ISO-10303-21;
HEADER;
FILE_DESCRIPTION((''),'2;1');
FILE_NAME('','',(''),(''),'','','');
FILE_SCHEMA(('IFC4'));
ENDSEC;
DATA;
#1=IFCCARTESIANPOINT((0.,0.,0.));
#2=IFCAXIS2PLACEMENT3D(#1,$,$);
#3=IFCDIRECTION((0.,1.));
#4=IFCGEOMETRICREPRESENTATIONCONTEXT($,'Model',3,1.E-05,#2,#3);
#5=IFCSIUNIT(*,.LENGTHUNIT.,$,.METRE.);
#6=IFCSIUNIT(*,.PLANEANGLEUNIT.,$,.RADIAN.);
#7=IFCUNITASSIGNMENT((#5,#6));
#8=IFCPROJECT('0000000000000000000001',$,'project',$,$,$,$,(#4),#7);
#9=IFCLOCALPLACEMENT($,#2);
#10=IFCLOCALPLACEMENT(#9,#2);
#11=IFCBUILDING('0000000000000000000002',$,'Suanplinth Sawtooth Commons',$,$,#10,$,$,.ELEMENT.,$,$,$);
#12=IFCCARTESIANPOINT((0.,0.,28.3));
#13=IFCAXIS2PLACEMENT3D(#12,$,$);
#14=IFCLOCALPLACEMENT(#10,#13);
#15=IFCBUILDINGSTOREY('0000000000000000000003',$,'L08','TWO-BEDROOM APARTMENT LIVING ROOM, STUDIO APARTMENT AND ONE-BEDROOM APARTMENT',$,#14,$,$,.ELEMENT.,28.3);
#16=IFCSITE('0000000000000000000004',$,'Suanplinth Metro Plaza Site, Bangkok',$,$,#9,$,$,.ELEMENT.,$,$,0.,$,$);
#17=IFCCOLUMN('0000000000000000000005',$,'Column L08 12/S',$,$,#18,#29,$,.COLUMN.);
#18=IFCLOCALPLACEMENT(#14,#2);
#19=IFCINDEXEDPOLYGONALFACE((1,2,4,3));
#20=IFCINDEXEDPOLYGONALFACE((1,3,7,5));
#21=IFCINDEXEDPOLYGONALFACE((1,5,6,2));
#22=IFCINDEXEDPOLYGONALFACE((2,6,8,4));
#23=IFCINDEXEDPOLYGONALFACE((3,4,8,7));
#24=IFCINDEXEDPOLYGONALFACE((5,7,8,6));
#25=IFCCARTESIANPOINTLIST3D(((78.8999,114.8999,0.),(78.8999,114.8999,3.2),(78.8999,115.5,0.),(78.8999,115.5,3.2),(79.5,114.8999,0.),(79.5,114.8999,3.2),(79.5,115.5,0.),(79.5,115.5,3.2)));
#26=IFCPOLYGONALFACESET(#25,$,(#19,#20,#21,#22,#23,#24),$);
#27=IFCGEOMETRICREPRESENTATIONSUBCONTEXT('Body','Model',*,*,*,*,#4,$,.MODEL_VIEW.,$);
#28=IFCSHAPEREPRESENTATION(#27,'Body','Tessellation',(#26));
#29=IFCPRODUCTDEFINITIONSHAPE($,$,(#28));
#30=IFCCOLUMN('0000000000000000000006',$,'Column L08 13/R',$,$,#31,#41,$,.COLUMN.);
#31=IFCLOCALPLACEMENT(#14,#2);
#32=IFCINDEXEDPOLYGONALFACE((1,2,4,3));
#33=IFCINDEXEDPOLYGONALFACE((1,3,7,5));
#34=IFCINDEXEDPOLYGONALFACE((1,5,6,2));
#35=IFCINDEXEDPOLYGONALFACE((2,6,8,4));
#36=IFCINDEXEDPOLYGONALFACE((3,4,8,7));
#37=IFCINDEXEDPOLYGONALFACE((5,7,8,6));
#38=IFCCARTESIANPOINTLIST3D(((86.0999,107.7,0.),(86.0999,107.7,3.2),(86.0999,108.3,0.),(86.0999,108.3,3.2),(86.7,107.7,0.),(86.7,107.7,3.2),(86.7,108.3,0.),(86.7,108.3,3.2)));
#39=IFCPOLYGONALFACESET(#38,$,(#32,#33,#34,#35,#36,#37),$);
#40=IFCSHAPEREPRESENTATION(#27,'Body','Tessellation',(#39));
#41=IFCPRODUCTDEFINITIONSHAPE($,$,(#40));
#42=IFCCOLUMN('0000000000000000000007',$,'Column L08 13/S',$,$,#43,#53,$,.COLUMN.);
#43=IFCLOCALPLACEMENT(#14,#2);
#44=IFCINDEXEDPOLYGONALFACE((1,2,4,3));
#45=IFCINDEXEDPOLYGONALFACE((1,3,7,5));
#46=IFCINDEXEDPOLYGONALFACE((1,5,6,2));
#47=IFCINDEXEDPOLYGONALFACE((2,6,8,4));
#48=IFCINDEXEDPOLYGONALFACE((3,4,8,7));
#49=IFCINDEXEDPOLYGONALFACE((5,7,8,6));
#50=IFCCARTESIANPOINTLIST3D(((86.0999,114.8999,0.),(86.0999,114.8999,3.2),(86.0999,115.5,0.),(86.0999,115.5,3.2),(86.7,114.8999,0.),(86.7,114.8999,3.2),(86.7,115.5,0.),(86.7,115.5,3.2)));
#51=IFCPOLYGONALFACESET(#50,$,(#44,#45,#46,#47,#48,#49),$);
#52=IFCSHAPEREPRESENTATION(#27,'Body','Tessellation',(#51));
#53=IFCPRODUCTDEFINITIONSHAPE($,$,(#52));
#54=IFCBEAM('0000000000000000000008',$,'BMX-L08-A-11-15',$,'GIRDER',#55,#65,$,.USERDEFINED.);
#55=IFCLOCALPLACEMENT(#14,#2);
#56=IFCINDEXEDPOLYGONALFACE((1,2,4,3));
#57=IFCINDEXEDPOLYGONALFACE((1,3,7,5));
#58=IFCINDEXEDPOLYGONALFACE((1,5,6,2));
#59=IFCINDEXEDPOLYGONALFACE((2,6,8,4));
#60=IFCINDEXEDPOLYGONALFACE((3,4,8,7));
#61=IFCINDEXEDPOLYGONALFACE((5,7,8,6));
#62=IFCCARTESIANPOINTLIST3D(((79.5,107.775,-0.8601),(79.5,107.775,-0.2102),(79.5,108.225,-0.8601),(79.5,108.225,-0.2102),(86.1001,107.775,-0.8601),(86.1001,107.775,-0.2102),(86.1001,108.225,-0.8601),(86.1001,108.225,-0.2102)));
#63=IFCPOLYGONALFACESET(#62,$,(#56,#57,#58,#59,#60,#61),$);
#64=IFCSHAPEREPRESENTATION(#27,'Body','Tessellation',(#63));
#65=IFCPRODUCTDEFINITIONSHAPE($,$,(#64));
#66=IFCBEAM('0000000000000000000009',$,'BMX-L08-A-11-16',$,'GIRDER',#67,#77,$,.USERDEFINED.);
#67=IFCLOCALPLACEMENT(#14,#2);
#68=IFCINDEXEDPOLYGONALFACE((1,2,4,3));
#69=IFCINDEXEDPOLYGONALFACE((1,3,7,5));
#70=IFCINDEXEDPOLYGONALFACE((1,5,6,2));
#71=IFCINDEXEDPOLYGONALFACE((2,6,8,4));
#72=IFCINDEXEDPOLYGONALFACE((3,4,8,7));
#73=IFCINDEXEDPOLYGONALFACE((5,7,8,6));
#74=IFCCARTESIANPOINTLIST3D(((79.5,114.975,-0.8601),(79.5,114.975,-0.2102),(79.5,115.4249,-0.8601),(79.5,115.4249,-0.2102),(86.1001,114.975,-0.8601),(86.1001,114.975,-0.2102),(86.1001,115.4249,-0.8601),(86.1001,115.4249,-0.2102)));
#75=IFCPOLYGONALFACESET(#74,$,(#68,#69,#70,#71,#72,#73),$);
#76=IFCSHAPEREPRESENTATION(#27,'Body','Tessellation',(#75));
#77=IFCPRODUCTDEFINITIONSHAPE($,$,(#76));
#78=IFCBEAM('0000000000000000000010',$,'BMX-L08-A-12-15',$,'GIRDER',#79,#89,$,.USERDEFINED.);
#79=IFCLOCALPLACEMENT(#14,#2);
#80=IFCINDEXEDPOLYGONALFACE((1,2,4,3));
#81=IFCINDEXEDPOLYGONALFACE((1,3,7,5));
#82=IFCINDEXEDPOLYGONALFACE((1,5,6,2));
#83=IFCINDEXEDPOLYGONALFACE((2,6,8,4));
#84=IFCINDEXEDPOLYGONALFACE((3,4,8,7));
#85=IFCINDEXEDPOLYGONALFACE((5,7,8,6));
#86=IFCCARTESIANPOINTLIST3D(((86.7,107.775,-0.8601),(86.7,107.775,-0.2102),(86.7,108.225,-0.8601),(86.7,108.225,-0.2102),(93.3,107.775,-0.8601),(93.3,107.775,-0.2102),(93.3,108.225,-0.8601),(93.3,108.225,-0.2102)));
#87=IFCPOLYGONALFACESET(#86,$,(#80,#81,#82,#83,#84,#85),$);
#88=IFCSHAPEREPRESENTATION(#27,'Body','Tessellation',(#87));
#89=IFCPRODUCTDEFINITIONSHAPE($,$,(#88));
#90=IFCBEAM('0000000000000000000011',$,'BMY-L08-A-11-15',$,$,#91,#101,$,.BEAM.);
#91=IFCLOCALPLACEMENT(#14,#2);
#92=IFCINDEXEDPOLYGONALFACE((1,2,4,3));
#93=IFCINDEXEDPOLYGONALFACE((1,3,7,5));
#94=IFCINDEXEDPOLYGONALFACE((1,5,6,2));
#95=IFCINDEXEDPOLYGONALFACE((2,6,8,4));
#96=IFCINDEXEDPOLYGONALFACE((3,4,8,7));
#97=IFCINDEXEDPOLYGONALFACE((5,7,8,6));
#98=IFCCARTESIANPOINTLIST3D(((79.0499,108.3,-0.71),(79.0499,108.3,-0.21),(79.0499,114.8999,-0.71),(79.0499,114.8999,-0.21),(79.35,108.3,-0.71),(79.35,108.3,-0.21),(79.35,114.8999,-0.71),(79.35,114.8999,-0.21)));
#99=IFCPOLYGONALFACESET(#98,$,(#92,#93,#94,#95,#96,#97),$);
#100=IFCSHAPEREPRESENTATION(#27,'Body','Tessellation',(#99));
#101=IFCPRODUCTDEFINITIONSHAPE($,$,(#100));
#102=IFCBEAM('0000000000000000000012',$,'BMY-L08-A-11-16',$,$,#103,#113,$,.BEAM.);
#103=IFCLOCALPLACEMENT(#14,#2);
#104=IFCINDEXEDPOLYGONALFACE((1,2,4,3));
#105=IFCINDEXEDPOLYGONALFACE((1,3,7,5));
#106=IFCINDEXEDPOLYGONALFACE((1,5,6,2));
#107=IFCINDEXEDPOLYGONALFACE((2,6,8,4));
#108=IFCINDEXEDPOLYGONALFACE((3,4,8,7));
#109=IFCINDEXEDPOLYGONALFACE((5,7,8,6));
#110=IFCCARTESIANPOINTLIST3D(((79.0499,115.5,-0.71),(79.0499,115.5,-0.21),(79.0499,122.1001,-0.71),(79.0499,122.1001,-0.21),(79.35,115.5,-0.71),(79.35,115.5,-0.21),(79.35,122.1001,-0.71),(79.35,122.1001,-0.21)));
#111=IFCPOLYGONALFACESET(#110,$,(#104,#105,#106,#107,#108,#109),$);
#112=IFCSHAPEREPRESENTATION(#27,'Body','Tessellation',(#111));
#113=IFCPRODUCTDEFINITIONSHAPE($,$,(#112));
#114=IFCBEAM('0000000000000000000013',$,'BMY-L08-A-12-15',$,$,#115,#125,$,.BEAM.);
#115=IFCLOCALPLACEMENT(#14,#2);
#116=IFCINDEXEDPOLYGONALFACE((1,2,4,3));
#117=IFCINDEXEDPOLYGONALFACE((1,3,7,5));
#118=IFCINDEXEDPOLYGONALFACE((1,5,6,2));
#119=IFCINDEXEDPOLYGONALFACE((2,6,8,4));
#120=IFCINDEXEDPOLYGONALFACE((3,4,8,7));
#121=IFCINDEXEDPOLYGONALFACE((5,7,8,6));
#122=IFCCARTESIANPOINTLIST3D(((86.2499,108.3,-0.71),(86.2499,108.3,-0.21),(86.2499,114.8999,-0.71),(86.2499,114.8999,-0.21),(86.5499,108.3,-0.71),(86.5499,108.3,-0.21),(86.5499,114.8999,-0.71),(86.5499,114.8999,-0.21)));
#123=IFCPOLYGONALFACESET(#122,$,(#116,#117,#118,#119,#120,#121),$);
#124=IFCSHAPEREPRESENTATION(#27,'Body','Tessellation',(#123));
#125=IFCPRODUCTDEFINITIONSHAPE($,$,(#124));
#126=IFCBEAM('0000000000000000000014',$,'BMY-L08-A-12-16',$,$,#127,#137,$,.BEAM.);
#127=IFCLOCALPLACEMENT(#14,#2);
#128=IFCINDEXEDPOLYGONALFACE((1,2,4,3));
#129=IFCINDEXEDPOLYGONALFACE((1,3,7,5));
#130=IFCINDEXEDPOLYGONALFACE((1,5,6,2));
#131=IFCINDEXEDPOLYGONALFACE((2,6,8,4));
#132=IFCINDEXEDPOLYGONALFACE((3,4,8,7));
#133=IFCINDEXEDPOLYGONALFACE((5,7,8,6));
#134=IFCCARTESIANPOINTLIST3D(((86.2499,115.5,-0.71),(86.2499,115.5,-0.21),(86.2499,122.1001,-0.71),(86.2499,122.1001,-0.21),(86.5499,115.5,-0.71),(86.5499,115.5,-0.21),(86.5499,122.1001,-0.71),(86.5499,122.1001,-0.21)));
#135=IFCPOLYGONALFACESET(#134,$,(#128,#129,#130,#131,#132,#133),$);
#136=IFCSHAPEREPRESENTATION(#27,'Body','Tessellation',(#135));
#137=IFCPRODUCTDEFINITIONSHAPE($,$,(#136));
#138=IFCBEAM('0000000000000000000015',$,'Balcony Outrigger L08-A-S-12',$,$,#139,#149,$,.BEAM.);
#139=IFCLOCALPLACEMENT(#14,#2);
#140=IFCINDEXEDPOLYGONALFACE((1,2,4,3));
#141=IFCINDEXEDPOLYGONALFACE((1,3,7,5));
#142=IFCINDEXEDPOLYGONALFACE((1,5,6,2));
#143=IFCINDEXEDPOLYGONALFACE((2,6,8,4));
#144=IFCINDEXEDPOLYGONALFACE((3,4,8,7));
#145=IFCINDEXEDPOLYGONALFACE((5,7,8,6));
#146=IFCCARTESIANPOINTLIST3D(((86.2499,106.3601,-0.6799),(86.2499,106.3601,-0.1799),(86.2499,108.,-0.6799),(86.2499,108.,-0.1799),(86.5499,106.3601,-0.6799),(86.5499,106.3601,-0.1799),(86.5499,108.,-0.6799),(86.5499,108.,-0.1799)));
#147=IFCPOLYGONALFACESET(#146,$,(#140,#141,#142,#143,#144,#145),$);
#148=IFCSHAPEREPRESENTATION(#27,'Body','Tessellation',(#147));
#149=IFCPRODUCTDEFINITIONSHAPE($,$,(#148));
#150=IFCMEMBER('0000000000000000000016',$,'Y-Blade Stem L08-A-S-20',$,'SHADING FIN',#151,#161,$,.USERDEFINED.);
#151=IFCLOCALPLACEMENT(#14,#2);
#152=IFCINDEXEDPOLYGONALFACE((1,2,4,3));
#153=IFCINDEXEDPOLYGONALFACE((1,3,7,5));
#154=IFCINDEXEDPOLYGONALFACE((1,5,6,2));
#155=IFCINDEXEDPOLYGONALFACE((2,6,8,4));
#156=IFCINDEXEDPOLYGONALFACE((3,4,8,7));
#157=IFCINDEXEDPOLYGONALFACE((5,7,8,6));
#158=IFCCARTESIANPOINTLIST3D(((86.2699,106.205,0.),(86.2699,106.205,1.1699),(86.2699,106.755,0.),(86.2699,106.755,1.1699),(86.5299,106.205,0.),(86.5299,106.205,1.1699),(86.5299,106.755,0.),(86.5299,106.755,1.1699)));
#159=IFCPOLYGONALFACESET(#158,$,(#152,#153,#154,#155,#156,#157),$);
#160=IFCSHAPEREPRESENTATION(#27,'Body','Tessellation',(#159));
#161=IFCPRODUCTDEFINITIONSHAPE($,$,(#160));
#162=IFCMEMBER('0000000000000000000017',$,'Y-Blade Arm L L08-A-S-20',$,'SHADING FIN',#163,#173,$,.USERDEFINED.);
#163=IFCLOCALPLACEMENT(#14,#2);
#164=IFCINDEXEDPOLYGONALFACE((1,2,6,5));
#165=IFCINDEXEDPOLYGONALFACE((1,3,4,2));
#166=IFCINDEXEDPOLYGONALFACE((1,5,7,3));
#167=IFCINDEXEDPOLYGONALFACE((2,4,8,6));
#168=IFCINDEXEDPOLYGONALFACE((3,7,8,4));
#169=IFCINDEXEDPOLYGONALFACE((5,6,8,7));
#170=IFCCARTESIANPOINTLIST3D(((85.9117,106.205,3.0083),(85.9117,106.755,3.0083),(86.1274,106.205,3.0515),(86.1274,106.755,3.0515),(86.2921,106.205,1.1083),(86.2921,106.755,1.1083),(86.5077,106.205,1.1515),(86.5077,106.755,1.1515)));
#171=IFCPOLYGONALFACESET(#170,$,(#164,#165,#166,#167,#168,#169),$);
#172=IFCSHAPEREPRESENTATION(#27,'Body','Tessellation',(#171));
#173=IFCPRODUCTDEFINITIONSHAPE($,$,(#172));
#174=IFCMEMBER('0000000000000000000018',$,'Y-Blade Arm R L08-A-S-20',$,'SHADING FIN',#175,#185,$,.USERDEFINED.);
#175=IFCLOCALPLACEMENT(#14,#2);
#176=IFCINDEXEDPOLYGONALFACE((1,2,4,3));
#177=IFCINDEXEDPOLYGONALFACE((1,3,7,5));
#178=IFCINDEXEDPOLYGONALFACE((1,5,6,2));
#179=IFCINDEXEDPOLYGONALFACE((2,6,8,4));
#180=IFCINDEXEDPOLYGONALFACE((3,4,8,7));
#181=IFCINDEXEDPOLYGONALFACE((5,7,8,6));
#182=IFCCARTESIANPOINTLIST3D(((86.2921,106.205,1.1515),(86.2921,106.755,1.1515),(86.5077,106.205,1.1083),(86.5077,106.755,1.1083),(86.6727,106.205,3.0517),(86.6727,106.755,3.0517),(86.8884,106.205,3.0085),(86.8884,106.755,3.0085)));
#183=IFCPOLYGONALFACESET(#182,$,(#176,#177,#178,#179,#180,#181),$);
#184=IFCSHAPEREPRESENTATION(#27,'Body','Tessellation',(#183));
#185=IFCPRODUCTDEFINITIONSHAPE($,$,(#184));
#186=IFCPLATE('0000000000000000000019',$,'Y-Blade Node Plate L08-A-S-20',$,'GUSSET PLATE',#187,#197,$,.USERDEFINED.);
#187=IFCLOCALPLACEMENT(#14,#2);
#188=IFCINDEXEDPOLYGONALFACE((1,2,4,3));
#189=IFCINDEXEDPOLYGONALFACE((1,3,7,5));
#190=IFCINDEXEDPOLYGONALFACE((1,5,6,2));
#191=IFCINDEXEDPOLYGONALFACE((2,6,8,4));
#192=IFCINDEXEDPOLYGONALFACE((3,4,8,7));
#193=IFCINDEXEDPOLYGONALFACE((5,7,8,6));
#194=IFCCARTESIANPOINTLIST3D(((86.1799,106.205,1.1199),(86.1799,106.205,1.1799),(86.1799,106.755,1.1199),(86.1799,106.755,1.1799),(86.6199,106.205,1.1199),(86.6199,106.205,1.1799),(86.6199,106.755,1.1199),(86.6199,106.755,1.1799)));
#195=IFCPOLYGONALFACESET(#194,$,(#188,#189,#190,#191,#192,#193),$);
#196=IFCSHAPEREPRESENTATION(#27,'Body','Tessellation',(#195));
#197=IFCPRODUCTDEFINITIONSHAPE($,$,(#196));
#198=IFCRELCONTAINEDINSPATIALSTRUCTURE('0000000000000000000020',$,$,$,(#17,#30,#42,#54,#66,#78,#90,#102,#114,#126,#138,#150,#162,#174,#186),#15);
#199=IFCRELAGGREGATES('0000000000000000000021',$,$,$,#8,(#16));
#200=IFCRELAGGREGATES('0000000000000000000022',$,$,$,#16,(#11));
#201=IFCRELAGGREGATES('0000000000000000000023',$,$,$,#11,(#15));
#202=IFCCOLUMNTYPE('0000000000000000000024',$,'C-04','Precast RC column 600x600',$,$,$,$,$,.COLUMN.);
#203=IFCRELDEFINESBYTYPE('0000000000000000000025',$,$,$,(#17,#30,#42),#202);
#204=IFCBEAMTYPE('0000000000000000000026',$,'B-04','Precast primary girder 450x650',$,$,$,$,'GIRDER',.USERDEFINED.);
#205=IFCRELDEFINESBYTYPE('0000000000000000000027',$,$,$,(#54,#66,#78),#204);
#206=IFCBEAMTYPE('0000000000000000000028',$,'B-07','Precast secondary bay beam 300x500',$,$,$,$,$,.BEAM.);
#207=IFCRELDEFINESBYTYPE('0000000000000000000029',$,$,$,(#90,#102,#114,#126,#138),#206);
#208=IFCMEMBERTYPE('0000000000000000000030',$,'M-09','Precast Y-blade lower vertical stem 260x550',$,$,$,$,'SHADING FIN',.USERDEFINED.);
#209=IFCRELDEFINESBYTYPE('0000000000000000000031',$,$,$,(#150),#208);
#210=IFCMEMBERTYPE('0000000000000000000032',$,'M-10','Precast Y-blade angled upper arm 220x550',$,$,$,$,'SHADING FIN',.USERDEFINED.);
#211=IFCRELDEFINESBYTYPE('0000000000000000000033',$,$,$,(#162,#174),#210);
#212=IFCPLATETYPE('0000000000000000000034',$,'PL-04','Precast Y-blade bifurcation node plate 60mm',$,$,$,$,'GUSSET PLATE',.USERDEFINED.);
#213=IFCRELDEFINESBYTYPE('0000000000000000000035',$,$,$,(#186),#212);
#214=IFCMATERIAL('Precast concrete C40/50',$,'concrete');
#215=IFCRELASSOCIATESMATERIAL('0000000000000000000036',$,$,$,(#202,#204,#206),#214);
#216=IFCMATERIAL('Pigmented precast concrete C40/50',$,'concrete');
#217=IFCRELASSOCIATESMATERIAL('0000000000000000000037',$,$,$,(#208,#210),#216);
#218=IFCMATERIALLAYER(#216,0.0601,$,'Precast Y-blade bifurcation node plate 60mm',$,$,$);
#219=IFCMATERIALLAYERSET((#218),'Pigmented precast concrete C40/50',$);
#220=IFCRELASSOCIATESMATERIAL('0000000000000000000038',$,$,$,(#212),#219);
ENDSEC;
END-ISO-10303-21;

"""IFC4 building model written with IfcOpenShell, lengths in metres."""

from ifc_helpers import new_model, si_unit, direction, frame, origin, origin_2d, place, context, subcontext, project, spatial, rectangle, extrude, material, layer, layer_set, material_profile, profile_set, type_object, element, save


model = new_model("IFC4")

# Units and contexts
model_context = context("Model", 3, precision=1e-05, world=origin(), true_north=direction((0.0, 1.0)))
body_context = subcontext(model_context, "Body", "Model", "MODEL_VIEW")
ifc_project = project(units=[si_unit("LENGTHUNIT", "METRE"), si_unit("PLANEANGLEUNIT", "RADIAN")], contexts=[model_context])

# Site, building, storey
site_placement = place(None, origin())
site = spatial("IfcSite", under=ifc_project, at=site_placement, Name="Suanplinth Metro Plaza Site, Bangkok", CompositionType="ELEMENT", RefElevation=0.0)
building_placement = place(site_placement, origin())
building = spatial("IfcBuilding", under=site, at=building_placement, Name="Suanplinth Sawtooth Commons", CompositionType="ELEMENT")
storey_placement = place(building_placement, frame((0.0, 0.0, 28.3)))
storey = spatial("IfcBuildingStorey", under=building, at=storey_placement, Name="L08", Description="TWO-BEDROOM APARTMENT LIVING ROOM, STUDIO APARTMENT AND ONE-BEDROOM APARTMENT", CompositionType="ELEMENT", Elevation=28.3)

# Columns
ifc_material_1 = material(Name="Precast concrete C40/50", Category="concrete")
ifc_material_profile_1 = material_profile(ifc_material_1, rectangle(XDim=0.6001, YDim=0.6001, at=origin_2d()), Name="PC-COL 600x600")
ifc_profile_set_1 = profile_set([ifc_material_profile_1], Name="Precast concrete C40/50")
column_type = type_object("IfcColumnType", Name="C-04", Description="Precast RC column 600x600", PredefinedType="COLUMN", material=ifc_profile_set_1)
for number, where, z_axis, x_axis, name in (
    (1, (79.2, 115.2, 0.0), (0.0, 0.0, 1.0), (1.0, 0.0, 0.0), "Column L08 12/S"),
    (2, (86.3999, 108.0, 0.0), (0.0, 0.0, 1.0), (1.0, 0.0, 0.0), "Column L08 13/R"),
    (3, (86.3999, 115.2, 0.0), (0.0, 0.0, 1.0), (1.0, 0.0, 0.0), "Column L08 13/S"),
):
    element("IfcColumn", number, at=place(storey_placement, frame(where, z_axis=z_axis, x_axis=x_axis)), inside=storey, type_object=column_type, Name=name, PredefinedType="COLUMN", context=body_context, shape_type="SweptSolid", body=[
        extrude(rectangle(XDim=0.6001, YDim=0.6001, at=origin_2d()), origin(), (0.0, 0.0, 1.0), 3.2),
    ])

# Beams
ifc_material_profile_2 = material_profile(ifc_material_1, rectangle(XDim=0.45, YDim=0.6499, at=origin_2d()), Name="PC-GDR 450x650")
ifc_profile_set_2 = profile_set([ifc_material_profile_2], Name="Precast concrete C40/50")
beam_type_1 = type_object("IfcBeamType", Name="B-04", Description="Precast primary girder 450x650", ElementType="GIRDER", PredefinedType="USERDEFINED", material=ifc_profile_set_2)
for number, where, z_axis, x_axis, name in (
    (4, (79.5, 108.0, -0.5352), (1.0, 0.0, 0.0), (0.0, 1.0, 0.0), "BMX-L08-A-11-15"),
    (5, (79.5, 115.2, -0.5352), (1.0, 0.0, 0.0), (0.0, 1.0, 0.0), "BMX-L08-A-11-16"),
    (6, (86.7, 108.0, -0.5352), (1.0, 0.0, 0.0), (0.0, 1.0, 0.0), "BMX-L08-A-12-15"),
):
    element("IfcBeam", number, at=place(storey_placement, frame(where, z_axis=z_axis, x_axis=x_axis)), inside=storey, type_object=beam_type_1, Name=name, ObjectType="GIRDER", PredefinedType="USERDEFINED", context=body_context, shape_type="SweptSolid", body=[
        extrude(rectangle(XDim=0.45, YDim=0.6499, at=origin_2d()), origin(), (0.0, 0.0, 1.0), 6.6001),
    ])
ifc_material_profile_3 = material_profile(ifc_material_1, rectangle(XDim=0.3, YDim=0.5, at=origin_2d()), Name="PC-BM 300x500")
ifc_profile_set_3 = profile_set([ifc_material_profile_3], Name="Precast concrete C40/50")
beam_type_2 = type_object("IfcBeamType", Name="B-07", Description="Precast secondary bay beam 300x500", PredefinedType="BEAM", material=ifc_profile_set_3)
beam_1_placement = place(storey_placement, frame((79.2, 108.3, -0.46), z_axis=(0.0, 1.0, 0.0), x_axis=(-1.0, 0.0, 0.0)))
element("IfcBeam", 7, at=beam_1_placement, inside=storey, type_object=beam_type_2, Name="BMY-L08-A-11-15", PredefinedType="BEAM", context=body_context, shape_type="SweptSolid", body=[
    extrude(rectangle(XDim=0.3, YDim=0.5, at=origin_2d()), origin(), (0.0, 0.0, 1.0), 6.5999),
])
beam_2_placement = place(storey_placement, frame((79.2, 115.5, -0.46), z_axis=(0.0, 1.0, 0.0), x_axis=(-1.0, 0.0, 0.0)))
element("IfcBeam", 8, at=beam_2_placement, inside=storey, type_object=beam_type_2, Name="BMY-L08-A-11-16", PredefinedType="BEAM", context=body_context, shape_type="SweptSolid", body=[
    extrude(rectangle(XDim=0.3, YDim=0.5, at=origin_2d()), origin(), (0.0, 0.0, 1.0), 6.6001),
])
beam_3_placement = place(storey_placement, frame((86.3999, 108.3, -0.46), z_axis=(0.0, 1.0, 0.0), x_axis=(-1.0, 0.0, 0.0)))
element("IfcBeam", 9, at=beam_3_placement, inside=storey, type_object=beam_type_2, Name="BMY-L08-A-12-15", PredefinedType="BEAM", context=body_context, shape_type="SweptSolid", body=[
    extrude(rectangle(XDim=0.3, YDim=0.5, at=origin_2d()), origin(), (0.0, 0.0, 1.0), 6.5999),
])
beam_4_placement = place(storey_placement, frame((86.3999, 115.5, -0.46), z_axis=(0.0, 1.0, 0.0), x_axis=(-1.0, 0.0, 0.0)))
element("IfcBeam", 10, at=beam_4_placement, inside=storey, type_object=beam_type_2, Name="BMY-L08-A-12-16", PredefinedType="BEAM", context=body_context, shape_type="SweptSolid", body=[
    extrude(rectangle(XDim=0.3, YDim=0.5, at=origin_2d()), origin(), (0.0, 0.0, 1.0), 6.6001),
])
beam_5_placement = place(storey_placement, frame((86.3999, 108.0, -0.4299), z_axis=(0.0, -1.0, 0.0), x_axis=(1.0, 0.0, 0.0)))
element("IfcBeam", 11, at=beam_5_placement, inside=storey, type_object=beam_type_2, Name="Balcony Outrigger L08-A-S-12", PredefinedType="BEAM", context=body_context, shape_type="SweptSolid", body=[
    extrude(rectangle(XDim=0.3, YDim=0.5, at=origin_2d()), origin(), (0.0, 0.0, 1.0), 1.6399),
])

# Members
ifc_material_2 = material(Name="Pigmented precast concrete C40/50", Category="concrete")
ifc_material_profile_4 = material_profile(ifc_material_2, rectangle(XDim=0.26, YDim=0.55, at=origin_2d()), Name="PC-FIN 260x550")
ifc_profile_set_4 = profile_set([ifc_material_profile_4], Name="Pigmented precast concrete C40/50")
member_type_1 = type_object("IfcMemberType", Name="M-09", Description="Precast Y-blade lower vertical stem 260x550", ElementType="SHADING FIN", PredefinedType="USERDEFINED", material=ifc_profile_set_4)
member_1_placement = place(storey_placement, frame((86.3999, 106.48, 0.0), z_axis=(0.0, 0.0, 1.0), x_axis=(1.0, 0.0, 0.0)))
element("IfcMember", 12, at=member_1_placement, inside=storey, type_object=member_type_1, Name="Y-Blade Stem L08-A-S-20", ObjectType="SHADING FIN", PredefinedType="USERDEFINED", context=body_context, shape_type="SweptSolid", body=[
    extrude(rectangle(XDim=0.26, YDim=0.55, at=origin_2d()), origin(), (0.0, 0.0, 1.0), 1.1699),
])
ifc_material_profile_5 = material_profile(ifc_material_2, rectangle(XDim=0.22, YDim=0.55, at=origin_2d()), Name="PC-FIN 220x550")
ifc_profile_set_5 = profile_set([ifc_material_profile_5], Name="Pigmented precast concrete C40/50")
member_type_2 = type_object("IfcMemberType", Name="M-10", Description="Precast Y-blade angled upper arm 220x550", ElementType="SHADING FIN", PredefinedType="USERDEFINED", material=ifc_profile_set_5)
member_2_placement = place(storey_placement, frame((86.3999, 106.48, 1.1299), z_axis=(-0.196286, 0.0, 0.980547), x_axis=(0.980547, 0.0, 0.196286)))
element("IfcMember", 13, at=member_2_placement, inside=storey, type_object=member_type_2, Name="Y-Blade Arm L L08-A-S-20", ObjectType="SHADING FIN", PredefinedType="USERDEFINED", context=body_context, shape_type="SweptSolid", body=[
    extrude(rectangle(XDim=0.22, YDim=0.55, at=origin_2d()), origin(), (0.0, 0.0, 1.0), 1.9377),
])
member_3_placement = place(storey_placement, frame((86.3999, 106.48, 1.1299), z_axis=(0.196407, 0.0, 0.980522), x_axis=(-0.980522, 0.0, 0.196407)))
element("IfcMember", 14, at=member_3_placement, inside=storey, type_object=member_type_2, Name="Y-Blade Arm R L08-A-S-20", ObjectType="SHADING FIN", PredefinedType="USERDEFINED", context=body_context, shape_type="SweptSolid", body=[
    extrude(rectangle(XDim=0.22, YDim=0.55, at=origin_2d()), origin(), (0.0, 0.0, 1.0), 1.938),
])

# Plate
ifc_layer_1 = layer(ifc_material_2, 0.0601, Name="Precast Y-blade bifurcation node plate 60mm")
ifc_layer_set_1 = layer_set([ifc_layer_1], Name="Pigmented precast concrete C40/50")
plate_type = type_object("IfcPlateType", Name="PL-04", Description="Precast Y-blade bifurcation node plate 60mm", ElementType="GUSSET PLATE", PredefinedType="USERDEFINED", material=ifc_layer_set_1)
plate_placement = place(storey_placement, frame((86.3999, 106.48, 1.1199), z_axis=(0.0, 0.0, 1.0), x_axis=(1.0, 0.0, 0.0)))
element("IfcPlate", 15, at=plate_placement, inside=storey, type_object=plate_type, Name="Y-Blade Node Plate L08-A-S-20", ObjectType="GUSSET PLATE", PredefinedType="USERDEFINED", context=body_context, shape_type="SweptSolid", body=[
    extrude(rectangle(XDim=0.4399, YDim=0.55, at=origin_2d()), origin(), (0.0, 0.0, 1.0), 0.0601),
])

save(model, "model.ifc")
